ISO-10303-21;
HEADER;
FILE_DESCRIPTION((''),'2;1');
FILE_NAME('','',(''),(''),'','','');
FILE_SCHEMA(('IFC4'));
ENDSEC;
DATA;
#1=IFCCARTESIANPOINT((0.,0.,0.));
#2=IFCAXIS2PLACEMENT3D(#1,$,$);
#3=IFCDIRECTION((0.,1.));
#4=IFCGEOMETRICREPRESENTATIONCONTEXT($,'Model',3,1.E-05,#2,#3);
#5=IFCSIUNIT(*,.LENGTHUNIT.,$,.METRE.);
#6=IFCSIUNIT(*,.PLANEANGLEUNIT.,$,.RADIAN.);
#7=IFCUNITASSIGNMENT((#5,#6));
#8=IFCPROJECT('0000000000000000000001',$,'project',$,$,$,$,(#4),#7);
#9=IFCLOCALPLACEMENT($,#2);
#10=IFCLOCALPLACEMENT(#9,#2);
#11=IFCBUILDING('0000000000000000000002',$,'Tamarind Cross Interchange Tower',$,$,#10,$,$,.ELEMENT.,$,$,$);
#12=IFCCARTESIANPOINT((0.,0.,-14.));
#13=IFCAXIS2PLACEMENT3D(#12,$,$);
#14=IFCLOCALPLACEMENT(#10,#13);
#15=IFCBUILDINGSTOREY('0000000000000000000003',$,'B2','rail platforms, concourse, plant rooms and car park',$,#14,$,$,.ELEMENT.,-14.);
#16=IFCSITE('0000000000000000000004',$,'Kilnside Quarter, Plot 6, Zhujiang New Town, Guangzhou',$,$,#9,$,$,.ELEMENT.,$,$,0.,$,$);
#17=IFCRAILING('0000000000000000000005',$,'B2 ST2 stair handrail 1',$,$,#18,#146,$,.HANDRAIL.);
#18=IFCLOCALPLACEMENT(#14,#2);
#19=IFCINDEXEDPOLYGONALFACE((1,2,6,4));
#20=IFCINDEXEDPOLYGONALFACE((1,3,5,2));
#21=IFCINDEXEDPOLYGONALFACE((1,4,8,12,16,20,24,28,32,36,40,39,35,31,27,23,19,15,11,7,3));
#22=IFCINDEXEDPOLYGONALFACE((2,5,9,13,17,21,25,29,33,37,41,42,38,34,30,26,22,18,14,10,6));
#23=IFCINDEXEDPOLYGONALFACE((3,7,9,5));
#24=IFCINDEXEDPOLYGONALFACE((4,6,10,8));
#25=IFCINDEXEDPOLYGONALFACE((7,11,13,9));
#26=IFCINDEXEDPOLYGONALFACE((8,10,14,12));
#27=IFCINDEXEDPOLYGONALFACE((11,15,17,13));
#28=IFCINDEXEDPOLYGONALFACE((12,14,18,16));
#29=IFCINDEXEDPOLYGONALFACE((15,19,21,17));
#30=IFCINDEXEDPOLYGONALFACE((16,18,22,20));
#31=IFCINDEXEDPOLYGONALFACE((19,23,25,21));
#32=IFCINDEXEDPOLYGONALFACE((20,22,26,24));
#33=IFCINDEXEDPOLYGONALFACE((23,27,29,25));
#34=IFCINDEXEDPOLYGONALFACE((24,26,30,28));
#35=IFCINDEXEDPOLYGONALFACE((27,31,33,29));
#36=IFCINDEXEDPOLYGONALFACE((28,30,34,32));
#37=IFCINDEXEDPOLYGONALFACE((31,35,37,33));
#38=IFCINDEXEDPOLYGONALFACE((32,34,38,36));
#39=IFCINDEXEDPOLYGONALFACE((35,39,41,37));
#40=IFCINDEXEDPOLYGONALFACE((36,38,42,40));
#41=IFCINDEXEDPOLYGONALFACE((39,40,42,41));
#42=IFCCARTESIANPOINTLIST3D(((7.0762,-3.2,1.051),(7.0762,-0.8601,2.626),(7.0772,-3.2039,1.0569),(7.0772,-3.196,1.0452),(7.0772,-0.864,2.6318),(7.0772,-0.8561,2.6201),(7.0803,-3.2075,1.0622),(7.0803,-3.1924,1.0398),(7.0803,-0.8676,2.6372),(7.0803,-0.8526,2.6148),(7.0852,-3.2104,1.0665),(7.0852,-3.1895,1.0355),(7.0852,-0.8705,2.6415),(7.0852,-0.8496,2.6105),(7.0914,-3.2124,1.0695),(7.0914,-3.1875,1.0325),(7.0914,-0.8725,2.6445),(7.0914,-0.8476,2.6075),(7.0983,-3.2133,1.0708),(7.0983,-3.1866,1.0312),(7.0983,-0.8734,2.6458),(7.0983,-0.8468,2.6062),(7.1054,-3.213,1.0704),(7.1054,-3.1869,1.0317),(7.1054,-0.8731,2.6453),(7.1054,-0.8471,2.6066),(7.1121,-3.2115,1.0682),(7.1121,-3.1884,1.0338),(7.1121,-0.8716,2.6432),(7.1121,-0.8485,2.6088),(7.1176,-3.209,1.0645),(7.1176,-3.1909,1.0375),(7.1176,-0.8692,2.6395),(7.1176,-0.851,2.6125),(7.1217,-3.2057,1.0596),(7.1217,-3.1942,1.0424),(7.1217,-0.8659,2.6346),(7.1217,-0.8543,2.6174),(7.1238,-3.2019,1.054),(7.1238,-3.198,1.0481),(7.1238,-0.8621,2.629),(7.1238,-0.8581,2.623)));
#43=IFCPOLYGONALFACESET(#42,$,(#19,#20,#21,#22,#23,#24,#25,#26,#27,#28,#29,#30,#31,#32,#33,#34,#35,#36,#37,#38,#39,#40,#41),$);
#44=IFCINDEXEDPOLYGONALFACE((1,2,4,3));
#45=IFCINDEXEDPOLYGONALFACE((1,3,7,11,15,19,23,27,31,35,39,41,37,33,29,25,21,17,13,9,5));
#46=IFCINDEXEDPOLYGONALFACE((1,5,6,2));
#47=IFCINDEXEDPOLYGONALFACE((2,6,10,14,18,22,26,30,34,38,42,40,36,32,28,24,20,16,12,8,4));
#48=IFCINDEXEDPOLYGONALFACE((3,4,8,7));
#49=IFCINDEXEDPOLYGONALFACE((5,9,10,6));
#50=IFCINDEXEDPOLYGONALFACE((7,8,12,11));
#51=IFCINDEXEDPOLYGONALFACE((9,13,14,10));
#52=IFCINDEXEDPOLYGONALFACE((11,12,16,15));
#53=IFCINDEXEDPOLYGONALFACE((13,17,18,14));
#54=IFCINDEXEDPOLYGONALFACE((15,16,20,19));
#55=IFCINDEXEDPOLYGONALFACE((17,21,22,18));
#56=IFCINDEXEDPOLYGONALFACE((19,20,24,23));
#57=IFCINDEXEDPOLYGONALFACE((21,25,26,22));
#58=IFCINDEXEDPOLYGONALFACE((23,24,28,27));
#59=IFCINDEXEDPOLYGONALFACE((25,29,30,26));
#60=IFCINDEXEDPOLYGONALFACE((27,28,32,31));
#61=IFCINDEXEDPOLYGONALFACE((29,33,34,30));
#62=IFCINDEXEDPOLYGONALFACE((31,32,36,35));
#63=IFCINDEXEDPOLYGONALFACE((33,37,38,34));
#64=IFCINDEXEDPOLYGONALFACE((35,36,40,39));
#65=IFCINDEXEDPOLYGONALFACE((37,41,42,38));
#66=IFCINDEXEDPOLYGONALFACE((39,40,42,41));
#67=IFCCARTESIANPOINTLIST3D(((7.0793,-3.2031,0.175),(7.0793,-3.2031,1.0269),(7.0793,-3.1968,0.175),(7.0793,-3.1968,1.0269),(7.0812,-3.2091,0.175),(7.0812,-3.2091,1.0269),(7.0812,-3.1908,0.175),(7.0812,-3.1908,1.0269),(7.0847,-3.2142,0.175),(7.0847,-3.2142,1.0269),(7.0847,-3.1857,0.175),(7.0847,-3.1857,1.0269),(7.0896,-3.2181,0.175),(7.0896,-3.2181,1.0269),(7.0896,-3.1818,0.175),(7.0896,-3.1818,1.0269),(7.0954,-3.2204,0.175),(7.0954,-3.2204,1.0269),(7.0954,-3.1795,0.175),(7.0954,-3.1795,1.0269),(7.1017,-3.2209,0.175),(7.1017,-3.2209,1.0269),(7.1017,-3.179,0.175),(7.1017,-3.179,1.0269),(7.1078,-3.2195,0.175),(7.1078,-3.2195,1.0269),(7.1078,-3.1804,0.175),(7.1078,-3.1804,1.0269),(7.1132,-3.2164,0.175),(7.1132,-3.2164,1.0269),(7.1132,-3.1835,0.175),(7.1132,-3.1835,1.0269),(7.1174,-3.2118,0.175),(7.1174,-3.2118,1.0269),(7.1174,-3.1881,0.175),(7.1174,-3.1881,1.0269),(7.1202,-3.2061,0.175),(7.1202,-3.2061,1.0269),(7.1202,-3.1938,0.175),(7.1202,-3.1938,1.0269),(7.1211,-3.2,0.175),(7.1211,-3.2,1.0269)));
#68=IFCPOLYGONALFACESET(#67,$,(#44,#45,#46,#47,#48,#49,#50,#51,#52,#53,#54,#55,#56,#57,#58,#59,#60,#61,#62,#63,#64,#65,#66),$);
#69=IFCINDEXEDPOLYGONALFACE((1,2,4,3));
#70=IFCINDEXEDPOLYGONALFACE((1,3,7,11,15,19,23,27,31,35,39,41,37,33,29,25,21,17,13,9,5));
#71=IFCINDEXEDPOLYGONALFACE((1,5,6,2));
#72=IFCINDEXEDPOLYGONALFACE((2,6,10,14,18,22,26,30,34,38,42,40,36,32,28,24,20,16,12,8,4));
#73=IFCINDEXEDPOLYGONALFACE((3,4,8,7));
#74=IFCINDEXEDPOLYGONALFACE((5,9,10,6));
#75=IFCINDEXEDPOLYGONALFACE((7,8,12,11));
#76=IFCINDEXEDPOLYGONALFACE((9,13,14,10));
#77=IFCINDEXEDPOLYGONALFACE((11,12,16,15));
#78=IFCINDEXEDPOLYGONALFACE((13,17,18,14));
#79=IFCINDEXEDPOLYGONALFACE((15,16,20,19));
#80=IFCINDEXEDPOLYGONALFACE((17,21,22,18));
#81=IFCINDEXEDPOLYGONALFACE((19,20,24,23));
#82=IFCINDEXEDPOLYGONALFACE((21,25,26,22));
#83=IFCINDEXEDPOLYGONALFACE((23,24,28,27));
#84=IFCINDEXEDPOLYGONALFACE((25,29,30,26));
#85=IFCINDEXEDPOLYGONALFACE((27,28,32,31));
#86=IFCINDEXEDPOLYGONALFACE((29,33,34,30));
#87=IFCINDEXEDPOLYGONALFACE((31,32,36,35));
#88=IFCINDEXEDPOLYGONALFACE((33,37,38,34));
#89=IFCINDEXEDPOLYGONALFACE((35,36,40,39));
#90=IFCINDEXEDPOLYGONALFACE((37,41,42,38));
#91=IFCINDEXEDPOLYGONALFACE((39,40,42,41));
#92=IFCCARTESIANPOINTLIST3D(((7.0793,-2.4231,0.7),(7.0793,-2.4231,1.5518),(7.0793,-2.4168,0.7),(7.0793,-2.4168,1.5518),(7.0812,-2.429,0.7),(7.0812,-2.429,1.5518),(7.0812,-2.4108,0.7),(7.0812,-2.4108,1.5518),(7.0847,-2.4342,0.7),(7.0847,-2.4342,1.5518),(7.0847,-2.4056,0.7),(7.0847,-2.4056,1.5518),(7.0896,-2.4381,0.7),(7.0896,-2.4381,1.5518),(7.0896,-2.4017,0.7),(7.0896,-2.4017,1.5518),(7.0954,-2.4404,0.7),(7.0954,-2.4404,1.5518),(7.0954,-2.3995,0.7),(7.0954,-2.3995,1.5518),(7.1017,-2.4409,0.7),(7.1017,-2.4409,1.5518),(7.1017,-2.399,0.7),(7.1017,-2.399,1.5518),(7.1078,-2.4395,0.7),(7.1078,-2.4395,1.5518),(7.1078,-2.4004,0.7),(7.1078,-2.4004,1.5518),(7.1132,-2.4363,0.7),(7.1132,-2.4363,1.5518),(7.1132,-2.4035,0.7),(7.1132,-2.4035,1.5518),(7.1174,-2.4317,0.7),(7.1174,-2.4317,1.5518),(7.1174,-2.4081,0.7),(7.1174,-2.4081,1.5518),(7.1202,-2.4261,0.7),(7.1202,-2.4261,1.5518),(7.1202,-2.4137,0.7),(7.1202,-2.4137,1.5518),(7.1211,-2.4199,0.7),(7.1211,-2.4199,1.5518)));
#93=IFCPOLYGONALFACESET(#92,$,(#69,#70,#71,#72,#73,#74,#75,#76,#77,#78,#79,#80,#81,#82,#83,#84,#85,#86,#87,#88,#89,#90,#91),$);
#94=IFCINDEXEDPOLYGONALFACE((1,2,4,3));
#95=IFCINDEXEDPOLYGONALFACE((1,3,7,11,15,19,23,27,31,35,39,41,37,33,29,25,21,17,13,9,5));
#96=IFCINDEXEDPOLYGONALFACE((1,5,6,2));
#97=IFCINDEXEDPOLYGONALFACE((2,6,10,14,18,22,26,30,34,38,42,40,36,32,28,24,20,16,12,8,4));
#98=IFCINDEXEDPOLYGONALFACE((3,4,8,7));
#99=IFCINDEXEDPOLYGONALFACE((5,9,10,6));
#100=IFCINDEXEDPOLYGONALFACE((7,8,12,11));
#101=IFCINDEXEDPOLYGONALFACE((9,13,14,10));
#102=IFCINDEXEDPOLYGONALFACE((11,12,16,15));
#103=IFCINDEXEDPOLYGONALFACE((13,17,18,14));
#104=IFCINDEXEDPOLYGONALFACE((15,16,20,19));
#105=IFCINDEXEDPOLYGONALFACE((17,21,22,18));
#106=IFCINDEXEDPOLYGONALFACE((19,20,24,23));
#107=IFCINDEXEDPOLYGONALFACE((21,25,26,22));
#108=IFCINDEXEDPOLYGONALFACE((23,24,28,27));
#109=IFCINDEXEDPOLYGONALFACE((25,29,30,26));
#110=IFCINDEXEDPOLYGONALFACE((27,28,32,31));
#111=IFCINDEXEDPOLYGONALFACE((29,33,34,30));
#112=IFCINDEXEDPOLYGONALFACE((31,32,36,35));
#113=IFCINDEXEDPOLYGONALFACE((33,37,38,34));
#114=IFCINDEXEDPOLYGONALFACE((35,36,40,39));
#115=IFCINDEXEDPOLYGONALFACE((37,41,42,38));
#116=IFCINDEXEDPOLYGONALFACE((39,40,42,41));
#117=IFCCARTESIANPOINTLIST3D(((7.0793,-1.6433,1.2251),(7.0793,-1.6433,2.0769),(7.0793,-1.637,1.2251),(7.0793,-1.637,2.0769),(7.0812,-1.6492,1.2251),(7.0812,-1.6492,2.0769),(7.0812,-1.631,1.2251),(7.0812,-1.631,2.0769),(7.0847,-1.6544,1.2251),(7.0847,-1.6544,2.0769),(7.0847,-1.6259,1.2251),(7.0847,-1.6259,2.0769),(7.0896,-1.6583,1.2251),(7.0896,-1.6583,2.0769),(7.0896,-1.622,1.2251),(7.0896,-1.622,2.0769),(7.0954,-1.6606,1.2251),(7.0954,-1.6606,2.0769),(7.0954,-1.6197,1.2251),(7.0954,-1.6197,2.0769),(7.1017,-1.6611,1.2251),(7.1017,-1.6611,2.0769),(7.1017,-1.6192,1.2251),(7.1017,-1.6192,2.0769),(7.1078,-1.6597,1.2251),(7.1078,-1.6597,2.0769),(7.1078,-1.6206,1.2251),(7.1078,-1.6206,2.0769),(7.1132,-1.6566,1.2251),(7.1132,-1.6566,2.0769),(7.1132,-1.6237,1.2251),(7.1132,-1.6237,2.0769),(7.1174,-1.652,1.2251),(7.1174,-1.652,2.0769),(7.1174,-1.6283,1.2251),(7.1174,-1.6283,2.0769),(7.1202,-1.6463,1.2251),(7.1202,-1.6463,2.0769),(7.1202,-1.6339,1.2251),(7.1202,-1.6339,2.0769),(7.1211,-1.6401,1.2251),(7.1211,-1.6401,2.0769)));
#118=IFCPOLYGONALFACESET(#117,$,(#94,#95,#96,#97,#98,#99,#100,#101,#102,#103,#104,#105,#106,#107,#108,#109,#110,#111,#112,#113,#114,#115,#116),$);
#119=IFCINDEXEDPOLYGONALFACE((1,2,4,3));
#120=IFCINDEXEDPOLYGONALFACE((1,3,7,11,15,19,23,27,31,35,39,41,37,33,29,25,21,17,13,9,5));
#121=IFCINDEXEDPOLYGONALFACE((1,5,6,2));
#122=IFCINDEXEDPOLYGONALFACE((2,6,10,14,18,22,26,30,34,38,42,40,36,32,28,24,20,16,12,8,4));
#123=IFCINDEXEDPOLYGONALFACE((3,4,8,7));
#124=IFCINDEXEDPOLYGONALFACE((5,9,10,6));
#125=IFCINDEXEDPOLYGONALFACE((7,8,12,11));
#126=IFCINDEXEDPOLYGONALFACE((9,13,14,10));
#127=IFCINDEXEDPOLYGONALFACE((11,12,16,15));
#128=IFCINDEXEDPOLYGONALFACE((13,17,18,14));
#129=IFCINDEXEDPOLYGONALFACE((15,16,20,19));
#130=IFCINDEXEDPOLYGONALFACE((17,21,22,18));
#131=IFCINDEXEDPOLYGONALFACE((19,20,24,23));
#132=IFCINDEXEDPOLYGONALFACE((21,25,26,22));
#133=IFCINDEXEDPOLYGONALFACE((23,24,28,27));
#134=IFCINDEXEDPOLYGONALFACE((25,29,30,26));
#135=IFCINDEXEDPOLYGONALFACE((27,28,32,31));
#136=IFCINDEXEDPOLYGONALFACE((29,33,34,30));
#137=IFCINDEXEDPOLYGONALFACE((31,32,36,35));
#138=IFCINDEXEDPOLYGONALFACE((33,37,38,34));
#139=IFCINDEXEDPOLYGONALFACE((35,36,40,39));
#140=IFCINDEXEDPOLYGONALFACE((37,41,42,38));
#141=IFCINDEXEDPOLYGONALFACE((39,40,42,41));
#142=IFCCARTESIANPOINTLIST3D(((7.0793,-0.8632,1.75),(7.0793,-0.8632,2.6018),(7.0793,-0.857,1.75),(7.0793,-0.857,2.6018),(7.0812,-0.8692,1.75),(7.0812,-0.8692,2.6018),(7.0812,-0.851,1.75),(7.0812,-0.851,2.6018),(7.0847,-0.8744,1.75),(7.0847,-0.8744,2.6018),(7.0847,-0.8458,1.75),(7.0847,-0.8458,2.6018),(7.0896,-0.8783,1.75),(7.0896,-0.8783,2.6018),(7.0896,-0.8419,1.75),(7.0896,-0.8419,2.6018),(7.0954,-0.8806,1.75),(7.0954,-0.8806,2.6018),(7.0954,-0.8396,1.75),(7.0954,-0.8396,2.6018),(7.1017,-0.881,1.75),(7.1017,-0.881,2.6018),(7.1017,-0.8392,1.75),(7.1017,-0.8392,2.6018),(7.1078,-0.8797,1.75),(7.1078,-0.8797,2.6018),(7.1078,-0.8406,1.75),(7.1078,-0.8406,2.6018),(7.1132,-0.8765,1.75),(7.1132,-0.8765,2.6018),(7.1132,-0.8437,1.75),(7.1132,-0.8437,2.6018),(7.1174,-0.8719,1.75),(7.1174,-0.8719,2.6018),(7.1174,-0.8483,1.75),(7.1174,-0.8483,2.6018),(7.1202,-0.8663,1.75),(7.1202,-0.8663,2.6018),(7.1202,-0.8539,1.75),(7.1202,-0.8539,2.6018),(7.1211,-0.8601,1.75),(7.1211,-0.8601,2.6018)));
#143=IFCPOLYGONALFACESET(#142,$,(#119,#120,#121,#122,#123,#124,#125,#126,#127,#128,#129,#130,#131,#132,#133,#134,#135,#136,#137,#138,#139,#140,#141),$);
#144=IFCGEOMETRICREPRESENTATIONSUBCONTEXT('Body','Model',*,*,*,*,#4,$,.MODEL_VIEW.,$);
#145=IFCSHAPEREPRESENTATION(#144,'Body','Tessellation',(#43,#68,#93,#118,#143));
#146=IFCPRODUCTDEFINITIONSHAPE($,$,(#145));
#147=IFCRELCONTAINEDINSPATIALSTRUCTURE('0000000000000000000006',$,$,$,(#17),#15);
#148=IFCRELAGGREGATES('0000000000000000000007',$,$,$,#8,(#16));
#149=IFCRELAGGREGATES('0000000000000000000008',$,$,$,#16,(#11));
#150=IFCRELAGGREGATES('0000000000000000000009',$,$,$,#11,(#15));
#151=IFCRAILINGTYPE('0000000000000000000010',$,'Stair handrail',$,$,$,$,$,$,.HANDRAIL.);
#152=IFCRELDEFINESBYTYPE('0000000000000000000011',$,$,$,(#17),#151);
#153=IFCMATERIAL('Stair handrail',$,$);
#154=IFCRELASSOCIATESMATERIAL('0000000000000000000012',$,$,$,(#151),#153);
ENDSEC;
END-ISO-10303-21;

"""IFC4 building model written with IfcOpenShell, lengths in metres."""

from ifc_helpers import new_model, si_unit, direction, frame, origin, origin_2d, place, context, subcontext, project, spatial, circle, extrude, material, type_object, element, save


model = new_model("IFC4")

# Units and contexts
model_context = context("Model", 3, precision=1e-05, world=origin(), true_north=direction((0.0, 1.0)))
body_context = subcontext(model_context, "Body", "Model", "MODEL_VIEW")
ifc_project = project(units=[si_unit("LENGTHUNIT", "METRE"), si_unit("PLANEANGLEUNIT", "RADIAN")], contexts=[model_context])

# Site, building, storey
site_placement = place(None, origin())
site = spatial("IfcSite", under=ifc_project, at=site_placement, Name="Kilnside Quarter, Plot 6, Zhujiang New Town, Guangzhou", CompositionType="ELEMENT", RefElevation=0.0)
building_placement = place(site_placement, origin())
building = spatial("IfcBuilding", under=site, at=building_placement, Name="Tamarind Cross Interchange Tower", CompositionType="ELEMENT")
storey_placement = place(building_placement, frame((0.0, 0.0, -14.0)))
storey = spatial("IfcBuildingStorey", under=building, at=storey_placement, Name="B2", Description="rail platforms, concourse, plant rooms and car park", CompositionType="ELEMENT", Elevation=-14.0)

# Railing
ifc_material_1 = material(Name="Stair handrail")
railing_type_1 = type_object("IfcRailingType", Name="Stair handrail", PredefinedType="HANDRAIL", material=ifc_material_1)
railing_1_placement = place(storey_placement, frame((7.1001, -3.2, 0.175)))
element("IfcRailing", 1, at=railing_1_placement, inside=storey, type_object=railing_type_1, Name="B2 ST2 stair handrail 1", PredefinedType="HANDRAIL", context=body_context, shape_type="SweptSolid", body=[
    extrude(circle(Radius=0.0239, at=origin_2d()), frame((0.0, 0.0, 0.876), z_axis=(0.0, 0.829578, 0.55839), x_axis=(-1.0, 0.0, 0.0)), (0.0, 0.0, 1.0), 2.8206),
    extrude(circle(Radius=0.021, at=origin_2d()), origin(), (0.0, 0.0, 1.0), 0.8518),
    extrude(circle(Radius=0.021, at=origin_2d()), frame((0.0, 0.78, 0.5249)), (0.0, 0.0, 1.0), 0.8518),
    extrude(circle(Radius=0.021, at=origin_2d()), frame((0.0, 1.5598, 1.05)), (0.0, 0.0, 1.0), 0.8518),
    extrude(circle(Radius=0.021, at=origin_2d()), frame((0.0, 2.3398, 1.575)), (0.0, 0.0, 1.0), 0.8518),
])

save(model, "model.ifc")
